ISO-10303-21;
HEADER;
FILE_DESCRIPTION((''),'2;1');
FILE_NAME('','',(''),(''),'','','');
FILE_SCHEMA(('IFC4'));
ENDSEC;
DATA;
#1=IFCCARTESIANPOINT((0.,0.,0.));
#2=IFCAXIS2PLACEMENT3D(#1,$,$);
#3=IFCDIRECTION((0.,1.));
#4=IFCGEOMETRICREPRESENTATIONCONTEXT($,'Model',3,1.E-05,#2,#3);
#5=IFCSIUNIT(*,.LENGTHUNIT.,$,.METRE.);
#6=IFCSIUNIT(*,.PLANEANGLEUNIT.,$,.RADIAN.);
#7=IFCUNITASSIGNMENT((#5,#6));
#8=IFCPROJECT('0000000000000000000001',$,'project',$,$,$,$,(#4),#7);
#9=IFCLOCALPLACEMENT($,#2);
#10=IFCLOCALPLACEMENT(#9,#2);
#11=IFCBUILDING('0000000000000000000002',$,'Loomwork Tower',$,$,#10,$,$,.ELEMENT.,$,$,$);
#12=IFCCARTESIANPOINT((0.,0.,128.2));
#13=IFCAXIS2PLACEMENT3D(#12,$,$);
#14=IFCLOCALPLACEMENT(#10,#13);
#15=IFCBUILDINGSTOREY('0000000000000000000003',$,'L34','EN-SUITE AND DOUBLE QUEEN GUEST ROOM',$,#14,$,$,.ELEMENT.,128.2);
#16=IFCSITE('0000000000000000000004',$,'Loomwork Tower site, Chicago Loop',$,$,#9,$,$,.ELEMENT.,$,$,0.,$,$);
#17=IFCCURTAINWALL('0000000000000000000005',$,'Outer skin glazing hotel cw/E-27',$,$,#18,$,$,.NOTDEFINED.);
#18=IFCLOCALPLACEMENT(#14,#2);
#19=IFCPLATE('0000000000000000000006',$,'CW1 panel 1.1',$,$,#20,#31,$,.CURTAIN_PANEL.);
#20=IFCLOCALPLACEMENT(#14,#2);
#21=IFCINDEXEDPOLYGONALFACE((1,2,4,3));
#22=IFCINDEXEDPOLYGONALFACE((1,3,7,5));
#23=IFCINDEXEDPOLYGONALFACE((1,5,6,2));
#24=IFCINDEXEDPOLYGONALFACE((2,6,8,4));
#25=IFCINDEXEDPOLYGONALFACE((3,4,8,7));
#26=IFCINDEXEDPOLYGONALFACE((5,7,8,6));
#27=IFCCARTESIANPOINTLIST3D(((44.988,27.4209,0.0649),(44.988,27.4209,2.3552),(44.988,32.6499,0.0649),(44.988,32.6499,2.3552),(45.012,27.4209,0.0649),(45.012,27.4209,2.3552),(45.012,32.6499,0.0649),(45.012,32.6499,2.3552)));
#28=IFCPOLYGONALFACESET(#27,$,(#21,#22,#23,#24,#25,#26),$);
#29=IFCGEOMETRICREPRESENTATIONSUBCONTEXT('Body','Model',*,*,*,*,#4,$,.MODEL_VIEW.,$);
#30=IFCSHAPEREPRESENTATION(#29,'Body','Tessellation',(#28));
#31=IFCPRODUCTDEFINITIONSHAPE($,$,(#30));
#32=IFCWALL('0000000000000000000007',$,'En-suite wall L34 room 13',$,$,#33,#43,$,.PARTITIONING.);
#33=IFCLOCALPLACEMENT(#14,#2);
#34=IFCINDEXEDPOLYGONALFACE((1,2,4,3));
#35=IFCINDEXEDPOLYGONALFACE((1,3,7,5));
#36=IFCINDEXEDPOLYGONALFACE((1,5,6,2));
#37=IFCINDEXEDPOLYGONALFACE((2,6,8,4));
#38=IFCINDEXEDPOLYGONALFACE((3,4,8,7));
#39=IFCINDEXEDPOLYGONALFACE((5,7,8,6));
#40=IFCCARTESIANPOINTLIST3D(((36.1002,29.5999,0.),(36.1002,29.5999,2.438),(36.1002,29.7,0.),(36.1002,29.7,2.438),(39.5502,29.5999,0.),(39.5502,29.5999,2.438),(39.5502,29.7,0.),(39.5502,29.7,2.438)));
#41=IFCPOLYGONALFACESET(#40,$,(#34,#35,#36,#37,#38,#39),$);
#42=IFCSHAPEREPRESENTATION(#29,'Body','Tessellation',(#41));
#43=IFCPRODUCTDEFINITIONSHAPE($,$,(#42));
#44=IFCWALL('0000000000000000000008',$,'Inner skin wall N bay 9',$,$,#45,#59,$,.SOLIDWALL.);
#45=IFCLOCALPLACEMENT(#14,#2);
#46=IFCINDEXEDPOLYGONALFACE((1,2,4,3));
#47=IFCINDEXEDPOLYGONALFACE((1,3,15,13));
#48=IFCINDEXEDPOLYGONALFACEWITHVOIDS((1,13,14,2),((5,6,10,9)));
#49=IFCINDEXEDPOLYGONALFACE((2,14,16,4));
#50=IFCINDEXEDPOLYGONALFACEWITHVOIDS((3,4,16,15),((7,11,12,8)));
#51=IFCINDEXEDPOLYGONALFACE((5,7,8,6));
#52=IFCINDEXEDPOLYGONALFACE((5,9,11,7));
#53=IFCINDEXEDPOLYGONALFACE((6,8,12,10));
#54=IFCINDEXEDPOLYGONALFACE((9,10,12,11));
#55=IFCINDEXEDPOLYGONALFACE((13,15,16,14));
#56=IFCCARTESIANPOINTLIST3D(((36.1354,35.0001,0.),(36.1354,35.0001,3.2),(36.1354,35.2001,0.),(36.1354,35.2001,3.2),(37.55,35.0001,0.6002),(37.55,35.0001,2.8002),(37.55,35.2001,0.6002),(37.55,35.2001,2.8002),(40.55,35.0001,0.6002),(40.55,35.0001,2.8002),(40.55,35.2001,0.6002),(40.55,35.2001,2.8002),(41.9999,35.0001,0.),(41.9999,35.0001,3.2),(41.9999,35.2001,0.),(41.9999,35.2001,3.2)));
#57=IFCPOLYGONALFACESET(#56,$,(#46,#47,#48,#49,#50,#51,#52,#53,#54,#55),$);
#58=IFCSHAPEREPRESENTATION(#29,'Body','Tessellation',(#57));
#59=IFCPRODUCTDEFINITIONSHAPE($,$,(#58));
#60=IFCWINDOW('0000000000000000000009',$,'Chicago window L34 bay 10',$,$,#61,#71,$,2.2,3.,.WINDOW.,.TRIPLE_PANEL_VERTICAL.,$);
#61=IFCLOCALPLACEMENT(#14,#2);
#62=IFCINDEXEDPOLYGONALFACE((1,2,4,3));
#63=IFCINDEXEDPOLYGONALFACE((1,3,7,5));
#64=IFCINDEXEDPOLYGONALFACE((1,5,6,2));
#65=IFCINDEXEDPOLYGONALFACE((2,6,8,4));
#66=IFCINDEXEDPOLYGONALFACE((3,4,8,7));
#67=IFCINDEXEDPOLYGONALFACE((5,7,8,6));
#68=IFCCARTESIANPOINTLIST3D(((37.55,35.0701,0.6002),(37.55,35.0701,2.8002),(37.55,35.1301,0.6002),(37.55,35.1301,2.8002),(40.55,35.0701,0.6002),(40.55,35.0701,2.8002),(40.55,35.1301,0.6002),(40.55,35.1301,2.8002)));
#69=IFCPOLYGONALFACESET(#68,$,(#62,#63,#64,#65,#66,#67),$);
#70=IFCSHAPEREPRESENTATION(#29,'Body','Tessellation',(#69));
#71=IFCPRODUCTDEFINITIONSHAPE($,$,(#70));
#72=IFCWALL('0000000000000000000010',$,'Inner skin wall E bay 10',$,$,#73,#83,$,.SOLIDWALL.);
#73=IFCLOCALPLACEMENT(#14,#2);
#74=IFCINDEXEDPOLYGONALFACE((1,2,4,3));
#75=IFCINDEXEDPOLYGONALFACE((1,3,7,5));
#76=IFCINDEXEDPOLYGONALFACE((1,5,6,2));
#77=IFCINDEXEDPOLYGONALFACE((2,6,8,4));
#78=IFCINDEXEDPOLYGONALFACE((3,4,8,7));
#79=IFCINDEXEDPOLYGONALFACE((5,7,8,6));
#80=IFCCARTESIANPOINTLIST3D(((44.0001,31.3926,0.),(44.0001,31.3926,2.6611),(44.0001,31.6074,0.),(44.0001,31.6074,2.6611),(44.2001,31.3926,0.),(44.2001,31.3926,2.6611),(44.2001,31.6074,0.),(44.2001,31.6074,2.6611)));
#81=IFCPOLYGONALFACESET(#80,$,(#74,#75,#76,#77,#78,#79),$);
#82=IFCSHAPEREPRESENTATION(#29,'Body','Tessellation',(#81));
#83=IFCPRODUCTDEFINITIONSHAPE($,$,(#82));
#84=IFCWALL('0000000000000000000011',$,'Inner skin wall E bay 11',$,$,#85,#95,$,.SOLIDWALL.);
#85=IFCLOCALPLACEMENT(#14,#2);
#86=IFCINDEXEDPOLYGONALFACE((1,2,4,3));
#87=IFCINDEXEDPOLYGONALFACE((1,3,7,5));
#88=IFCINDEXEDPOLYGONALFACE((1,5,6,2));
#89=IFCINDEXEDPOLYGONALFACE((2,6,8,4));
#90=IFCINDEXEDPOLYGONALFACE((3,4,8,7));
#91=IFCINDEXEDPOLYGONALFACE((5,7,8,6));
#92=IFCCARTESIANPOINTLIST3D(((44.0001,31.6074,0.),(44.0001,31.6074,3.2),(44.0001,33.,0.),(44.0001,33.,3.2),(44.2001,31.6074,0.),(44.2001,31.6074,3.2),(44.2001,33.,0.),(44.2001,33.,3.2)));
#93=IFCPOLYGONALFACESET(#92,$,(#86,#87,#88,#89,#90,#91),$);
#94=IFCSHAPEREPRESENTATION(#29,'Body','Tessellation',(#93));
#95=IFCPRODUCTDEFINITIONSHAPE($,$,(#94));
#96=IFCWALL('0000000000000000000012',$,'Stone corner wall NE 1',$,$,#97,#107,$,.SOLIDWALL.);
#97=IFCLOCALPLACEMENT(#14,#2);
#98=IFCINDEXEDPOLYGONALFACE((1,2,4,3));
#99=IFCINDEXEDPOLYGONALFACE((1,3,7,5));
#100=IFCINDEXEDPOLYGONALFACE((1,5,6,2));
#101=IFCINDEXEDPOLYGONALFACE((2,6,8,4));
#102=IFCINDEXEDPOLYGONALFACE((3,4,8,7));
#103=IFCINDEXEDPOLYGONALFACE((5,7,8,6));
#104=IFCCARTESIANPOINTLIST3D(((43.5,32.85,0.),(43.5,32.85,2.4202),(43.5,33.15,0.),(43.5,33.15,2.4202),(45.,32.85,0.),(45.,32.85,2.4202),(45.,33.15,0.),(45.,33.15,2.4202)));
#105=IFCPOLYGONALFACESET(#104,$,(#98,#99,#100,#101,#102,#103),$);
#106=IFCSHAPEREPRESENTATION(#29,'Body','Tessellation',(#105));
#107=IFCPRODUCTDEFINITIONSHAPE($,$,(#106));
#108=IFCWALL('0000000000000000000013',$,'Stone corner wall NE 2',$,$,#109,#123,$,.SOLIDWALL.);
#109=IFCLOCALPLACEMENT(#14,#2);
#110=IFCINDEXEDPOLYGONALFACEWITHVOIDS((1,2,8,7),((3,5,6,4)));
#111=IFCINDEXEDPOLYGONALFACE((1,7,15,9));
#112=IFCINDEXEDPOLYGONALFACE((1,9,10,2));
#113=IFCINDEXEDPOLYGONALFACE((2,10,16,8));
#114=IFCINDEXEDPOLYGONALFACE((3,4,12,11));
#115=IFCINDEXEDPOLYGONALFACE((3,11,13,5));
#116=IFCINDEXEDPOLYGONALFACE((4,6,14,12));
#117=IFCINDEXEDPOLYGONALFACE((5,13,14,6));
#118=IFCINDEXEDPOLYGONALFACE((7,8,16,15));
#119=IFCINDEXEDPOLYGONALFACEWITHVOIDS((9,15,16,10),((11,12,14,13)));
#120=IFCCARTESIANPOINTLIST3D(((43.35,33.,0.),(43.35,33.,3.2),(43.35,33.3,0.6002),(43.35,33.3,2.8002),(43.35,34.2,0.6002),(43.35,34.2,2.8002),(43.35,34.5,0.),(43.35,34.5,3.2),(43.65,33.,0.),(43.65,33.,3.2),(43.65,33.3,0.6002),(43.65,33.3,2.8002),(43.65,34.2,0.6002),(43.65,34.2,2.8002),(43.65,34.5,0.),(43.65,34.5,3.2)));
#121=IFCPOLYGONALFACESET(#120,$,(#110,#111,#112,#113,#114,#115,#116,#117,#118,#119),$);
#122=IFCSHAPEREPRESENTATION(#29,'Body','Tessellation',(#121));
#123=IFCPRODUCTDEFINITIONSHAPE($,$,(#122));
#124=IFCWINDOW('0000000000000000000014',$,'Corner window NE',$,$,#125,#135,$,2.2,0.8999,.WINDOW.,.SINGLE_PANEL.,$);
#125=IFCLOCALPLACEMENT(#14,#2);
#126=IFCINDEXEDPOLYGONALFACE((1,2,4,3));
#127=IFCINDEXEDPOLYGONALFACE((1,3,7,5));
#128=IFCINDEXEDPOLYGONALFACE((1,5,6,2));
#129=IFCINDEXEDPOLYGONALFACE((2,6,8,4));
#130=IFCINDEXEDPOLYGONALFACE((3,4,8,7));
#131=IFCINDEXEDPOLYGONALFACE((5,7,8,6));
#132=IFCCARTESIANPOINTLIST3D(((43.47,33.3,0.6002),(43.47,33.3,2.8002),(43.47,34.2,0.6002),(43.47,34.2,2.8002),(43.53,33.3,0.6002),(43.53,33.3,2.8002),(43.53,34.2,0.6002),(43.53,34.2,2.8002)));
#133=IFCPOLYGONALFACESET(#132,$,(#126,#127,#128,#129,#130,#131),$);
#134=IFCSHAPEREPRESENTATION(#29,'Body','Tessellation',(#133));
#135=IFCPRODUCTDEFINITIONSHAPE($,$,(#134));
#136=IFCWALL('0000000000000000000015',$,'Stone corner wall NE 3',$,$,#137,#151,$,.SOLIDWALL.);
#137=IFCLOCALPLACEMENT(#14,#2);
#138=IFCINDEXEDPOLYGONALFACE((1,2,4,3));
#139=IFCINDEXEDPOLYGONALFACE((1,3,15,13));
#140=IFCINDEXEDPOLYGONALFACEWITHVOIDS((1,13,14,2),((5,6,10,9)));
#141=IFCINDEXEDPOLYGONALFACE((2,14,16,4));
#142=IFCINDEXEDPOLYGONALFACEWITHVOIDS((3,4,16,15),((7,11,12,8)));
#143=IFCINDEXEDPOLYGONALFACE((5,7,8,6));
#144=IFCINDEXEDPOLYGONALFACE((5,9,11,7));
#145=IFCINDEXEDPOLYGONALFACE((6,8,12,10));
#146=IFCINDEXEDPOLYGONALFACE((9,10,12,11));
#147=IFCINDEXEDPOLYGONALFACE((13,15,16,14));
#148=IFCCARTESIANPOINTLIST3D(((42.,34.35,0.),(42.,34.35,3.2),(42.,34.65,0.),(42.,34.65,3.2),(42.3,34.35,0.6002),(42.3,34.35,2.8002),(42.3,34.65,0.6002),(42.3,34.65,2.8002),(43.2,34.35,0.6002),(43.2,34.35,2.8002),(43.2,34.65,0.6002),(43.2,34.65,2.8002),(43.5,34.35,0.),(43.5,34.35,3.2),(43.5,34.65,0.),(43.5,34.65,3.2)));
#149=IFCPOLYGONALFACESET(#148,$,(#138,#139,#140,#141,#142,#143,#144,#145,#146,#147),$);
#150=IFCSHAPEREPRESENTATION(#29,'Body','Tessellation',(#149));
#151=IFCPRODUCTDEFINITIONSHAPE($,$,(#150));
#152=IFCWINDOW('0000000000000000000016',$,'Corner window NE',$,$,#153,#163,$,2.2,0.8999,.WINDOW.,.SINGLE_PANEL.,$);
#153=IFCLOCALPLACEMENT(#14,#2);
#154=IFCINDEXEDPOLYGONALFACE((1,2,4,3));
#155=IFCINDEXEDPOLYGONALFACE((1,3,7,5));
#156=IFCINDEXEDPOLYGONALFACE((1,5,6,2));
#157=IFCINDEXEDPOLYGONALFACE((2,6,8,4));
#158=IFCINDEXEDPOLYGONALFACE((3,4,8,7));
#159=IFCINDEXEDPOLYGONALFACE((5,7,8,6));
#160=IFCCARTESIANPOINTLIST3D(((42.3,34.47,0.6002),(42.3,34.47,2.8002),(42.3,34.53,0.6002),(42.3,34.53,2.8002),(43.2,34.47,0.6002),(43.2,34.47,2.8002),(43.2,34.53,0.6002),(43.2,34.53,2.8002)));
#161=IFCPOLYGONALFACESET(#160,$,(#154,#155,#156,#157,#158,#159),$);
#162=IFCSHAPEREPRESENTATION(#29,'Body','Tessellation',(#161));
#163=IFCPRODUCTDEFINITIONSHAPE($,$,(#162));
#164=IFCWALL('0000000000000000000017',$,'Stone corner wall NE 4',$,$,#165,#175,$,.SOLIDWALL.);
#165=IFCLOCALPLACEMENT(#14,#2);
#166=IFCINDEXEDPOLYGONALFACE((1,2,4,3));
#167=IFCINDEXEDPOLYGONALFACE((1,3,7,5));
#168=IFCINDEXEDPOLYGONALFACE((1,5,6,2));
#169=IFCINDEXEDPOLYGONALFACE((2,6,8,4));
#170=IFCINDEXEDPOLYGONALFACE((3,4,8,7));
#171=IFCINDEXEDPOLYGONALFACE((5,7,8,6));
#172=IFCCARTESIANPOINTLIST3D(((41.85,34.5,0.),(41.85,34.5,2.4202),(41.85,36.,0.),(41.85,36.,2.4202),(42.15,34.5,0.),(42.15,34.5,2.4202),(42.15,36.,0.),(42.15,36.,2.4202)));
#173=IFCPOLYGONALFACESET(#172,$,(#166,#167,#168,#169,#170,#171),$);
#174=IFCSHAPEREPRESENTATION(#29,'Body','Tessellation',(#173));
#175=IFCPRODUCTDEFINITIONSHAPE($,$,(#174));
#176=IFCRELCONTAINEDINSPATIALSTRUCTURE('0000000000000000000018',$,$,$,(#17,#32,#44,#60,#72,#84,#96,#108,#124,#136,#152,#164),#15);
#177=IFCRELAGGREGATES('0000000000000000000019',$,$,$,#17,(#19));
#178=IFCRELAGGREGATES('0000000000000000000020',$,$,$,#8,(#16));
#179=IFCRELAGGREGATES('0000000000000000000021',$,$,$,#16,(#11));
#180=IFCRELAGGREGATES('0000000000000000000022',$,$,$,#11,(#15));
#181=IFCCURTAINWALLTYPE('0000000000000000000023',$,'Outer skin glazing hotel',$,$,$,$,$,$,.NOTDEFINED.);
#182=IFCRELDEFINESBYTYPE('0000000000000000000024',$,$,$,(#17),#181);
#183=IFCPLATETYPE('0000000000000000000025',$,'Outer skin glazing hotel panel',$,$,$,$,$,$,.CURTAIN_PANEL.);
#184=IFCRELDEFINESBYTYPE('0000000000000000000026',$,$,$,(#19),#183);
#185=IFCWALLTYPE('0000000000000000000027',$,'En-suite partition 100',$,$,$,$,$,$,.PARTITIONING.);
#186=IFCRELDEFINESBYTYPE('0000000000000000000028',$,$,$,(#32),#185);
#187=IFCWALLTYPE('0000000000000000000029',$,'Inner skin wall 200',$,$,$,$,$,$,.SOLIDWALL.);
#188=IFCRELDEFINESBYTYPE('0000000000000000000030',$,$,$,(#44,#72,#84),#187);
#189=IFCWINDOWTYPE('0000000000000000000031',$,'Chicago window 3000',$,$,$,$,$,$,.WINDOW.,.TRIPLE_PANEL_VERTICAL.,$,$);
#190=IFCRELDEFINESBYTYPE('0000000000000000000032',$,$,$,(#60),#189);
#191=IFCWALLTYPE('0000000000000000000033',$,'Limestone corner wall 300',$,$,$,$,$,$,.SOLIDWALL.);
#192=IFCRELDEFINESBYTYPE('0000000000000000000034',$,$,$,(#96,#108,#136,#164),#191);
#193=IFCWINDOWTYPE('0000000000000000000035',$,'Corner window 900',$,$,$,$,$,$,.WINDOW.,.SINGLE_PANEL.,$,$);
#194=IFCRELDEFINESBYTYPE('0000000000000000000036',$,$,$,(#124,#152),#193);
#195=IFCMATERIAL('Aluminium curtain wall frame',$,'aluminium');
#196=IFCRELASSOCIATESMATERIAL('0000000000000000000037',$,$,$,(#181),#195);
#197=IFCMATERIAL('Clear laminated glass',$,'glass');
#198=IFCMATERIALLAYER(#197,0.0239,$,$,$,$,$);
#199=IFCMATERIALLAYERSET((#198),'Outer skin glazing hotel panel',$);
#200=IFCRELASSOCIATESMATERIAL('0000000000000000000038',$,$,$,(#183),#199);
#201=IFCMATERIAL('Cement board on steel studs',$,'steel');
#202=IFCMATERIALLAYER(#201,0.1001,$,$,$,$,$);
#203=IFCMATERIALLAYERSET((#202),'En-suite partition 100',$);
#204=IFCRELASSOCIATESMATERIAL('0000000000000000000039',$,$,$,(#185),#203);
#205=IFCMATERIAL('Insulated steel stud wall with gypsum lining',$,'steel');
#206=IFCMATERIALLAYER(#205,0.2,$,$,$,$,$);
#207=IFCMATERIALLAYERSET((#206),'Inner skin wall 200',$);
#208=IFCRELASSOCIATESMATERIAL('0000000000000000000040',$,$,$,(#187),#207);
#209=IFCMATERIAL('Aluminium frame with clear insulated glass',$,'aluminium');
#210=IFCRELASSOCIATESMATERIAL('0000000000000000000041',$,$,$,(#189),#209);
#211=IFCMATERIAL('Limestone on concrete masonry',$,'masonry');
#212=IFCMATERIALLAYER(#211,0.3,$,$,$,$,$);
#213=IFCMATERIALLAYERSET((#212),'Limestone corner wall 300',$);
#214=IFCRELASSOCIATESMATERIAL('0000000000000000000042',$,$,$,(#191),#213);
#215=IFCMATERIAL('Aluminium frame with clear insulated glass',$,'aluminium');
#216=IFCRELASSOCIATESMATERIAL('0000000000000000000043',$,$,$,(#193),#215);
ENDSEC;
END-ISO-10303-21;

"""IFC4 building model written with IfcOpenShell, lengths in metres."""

from ifc_helpers import new_model, si_unit, direction, frame, frame_2d, origin, origin_2d, place, context, subcontext, project, spatial, rectangle, extrude, material, layer, layer_set, type_object, element, fill, aggregate, save


model = new_model("IFC4")

# Units and contexts
model_context = context("Model", 3, precision=1e-05, world=origin(), true_north=direction((0.0, 1.0)))
body_context = subcontext(model_context, "Body", "Model", "MODEL_VIEW")
ifc_project = project(units=[si_unit("LENGTHUNIT", "METRE"), si_unit("PLANEANGLEUNIT", "RADIAN")], contexts=[model_context])

# Site, building, storey
site_placement = place(None, origin())
site = spatial("IfcSite", under=ifc_project, at=site_placement, Name="Loomwork Tower site, Chicago Loop", CompositionType="ELEMENT", RefElevation=0.0)
building_placement = place(site_placement, origin())
building = spatial("IfcBuilding", under=site, at=building_placement, Name="Loomwork Tower", CompositionType="ELEMENT")
storey_placement = place(building_placement, frame((0.0, 0.0, 128.2)))
storey = spatial("IfcBuildingStorey", under=building, at=storey_placement, Name="L34", Description="EN-SUITE AND DOUBLE QUEEN GUEST ROOM", CompositionType="ELEMENT", Elevation=128.2)

# Shared definitions
ifc_material_1 = material(Name="Aluminium curtain wall frame", Category="aluminium")
curtain_wall_type = type_object("IfcCurtainWallType", Name="Outer skin glazing hotel", PredefinedType="NOTDEFINED", material=ifc_material_1)

# Curtain wall
curtain_wall_1_placement = place(storey_placement, origin())
curtain_wall_1 = element("IfcCurtainWall", 1, at=curtain_wall_1_placement, inside=storey, type_object=curtain_wall_type, Name="Outer skin glazing hotel cw/E-27", PredefinedType="NOTDEFINED")

# Plate
ifc_material_2 = material(Name="Clear laminated glass", Category="glass")
ifc_layer_1 = layer(ifc_material_2, 0.0239)
ifc_layer_set_1 = layer_set([ifc_layer_1], Name="Outer skin glazing hotel panel")
plate_type = type_object("IfcPlateType", Name="Outer skin glazing hotel panel", PredefinedType="CURTAIN_PANEL", material=ifc_layer_set_1)
plate_1_placement = place(storey_placement, frame((45.0, 30.0354, 0.0649), z_axis=(0.0, 0.0, 1.0), x_axis=(0.0, 1.0, 0.0)))
plate_1 = element("IfcPlate", 2, at=plate_1_placement, type_object=plate_type, Name="CW1 panel 1.1", PredefinedType="CURTAIN_PANEL", context=body_context, shape_type="SweptSolid", body=[
    extrude(rectangle(XDim=5.229, YDim=0.0239, at=origin_2d()), origin(), (0.0, 0.0, 1.0), 2.2903),
])
aggregate(curtain_wall_1, [plate_1])

# Wall
ifc_material_3 = material(Name="Cement board on steel studs", Category="steel")
ifc_layer_2 = layer(ifc_material_3, 0.1001)
ifc_layer_set_2 = layer_set([ifc_layer_2], Name="En-suite partition 100")
wall_type_1 = type_object("IfcWallType", Name="En-suite partition 100", PredefinedType="PARTITIONING", material=ifc_layer_set_2)
wall_1_placement = place(storey_placement, frame((36.1001, 29.6499, 0.0), z_axis=(0.0, 0.0, 1.0), x_axis=(1.0, 0.0, 0.0)))
element("IfcWall", 3, at=wall_1_placement, inside=storey, type_object=wall_type_1, Name="En-suite wall L34 room 13", PredefinedType="PARTITIONING", context=body_context, shape_type="SweptSolid", body=[
    extrude(rectangle(XDim=3.45, YDim=0.1001, at=frame_2d((1.7251, 0.0))), origin(), (0.0, 0.0, 1.0), 2.438),
])

# Wall, opening, window
ifc_material_4 = material(Name="Insulated steel stud wall with gypsum lining", Category="steel")
ifc_layer_3 = layer(ifc_material_4, 0.2)
ifc_layer_set_3 = layer_set([ifc_layer_3], Name="Inner skin wall 200")
wall_type_2 = type_object("IfcWallType", Name="Inner skin wall 200", PredefinedType="SOLIDWALL", material=ifc_layer_set_3)
wall_2_placement = place(storey_placement, frame((36.1355, 35.1001, 0.0), z_axis=(0.0, 0.0, 1.0), x_axis=(1.0, 0.0, 0.0)))
wall_2 = element("IfcWall", 4, at=wall_2_placement, inside=storey, type_object=wall_type_2, Name="Inner skin wall N bay 9", PredefinedType="SOLIDWALL", context=body_context, shape_type="SweptSolid", body=[
    extrude(rectangle(XDim=5.8645, YDim=0.2, at=frame_2d((2.9321, 0.0))), origin(), (0.0, 0.0, 1.0), 3.2),
])
opening_1_placement = place(wall_2_placement, frame((1.4146, 0.0, 0.6001)))
opening_1 = element("IfcOpeningElement", 5, at=opening_1_placement, cuts=wall_2, PredefinedType="OPENING", context=body_context, shape_type="SweptSolid", body=[
    extrude(rectangle(XDim=3.0, YDim=2.2, at=frame_2d((1.5, 1.1001))), frame((0.0, 0.1099, 0.0), z_axis=(0.0, -1.0, 0.0), x_axis=(1.0, 0.0, 0.0)), (0.0, 0.0, 1.0), 0.22),
])
ifc_material_5 = material(Name="Aluminium frame with clear insulated glass", Category="aluminium")
window_type_1 = type_object("IfcWindowType", Name="Chicago window 3000", PartitioningType="TRIPLE_PANEL_VERTICAL", PredefinedType="WINDOW", material=ifc_material_5)
window_1_placement = place(opening_1_placement, origin())
window_1 = element("IfcWindow", 6, at=window_1_placement, inside=storey, type_object=window_type_1, Name="Chicago window L34 bay 10", OverallHeight=2.2, OverallWidth=3.0, PartitioningType="TRIPLE_PANEL_VERTICAL", PredefinedType="WINDOW", context=body_context, shape_type="SweptSolid", body=[
    extrude(rectangle(XDim=3.0, YDim=2.2, at=frame_2d((1.5, 1.1001))), frame((0.0, 0.03, 0.0), z_axis=(0.0, -1.0, 0.0), x_axis=(1.0, 0.0, 0.0)), (0.0, 0.0, 1.0), 0.0601),
])
fill(opening_1, window_1)

# Walls
wall_3_placement = place(storey_placement, frame((44.1001, 31.3926, 0.0), z_axis=(0.0, 0.0, 1.0), x_axis=(0.0, 1.0, 0.0)))
element("IfcWall", 7, at=wall_3_placement, inside=storey, type_object=wall_type_2, Name="Inner skin wall E bay 10", PredefinedType="SOLIDWALL", context=body_context, shape_type="SweptSolid", body=[
    extrude(rectangle(XDim=0.2148, YDim=0.2, at=frame_2d((0.1074, 0.0))), origin(), (0.0, 0.0, 1.0), 2.6611),
])
wall_4_placement = place(storey_placement, frame((44.1001, 31.6074, 0.0), z_axis=(0.0, 0.0, 1.0), x_axis=(0.0, 1.0, 0.0)))
element("IfcWall", 8, at=wall_4_placement, inside=storey, type_object=wall_type_2, Name="Inner skin wall E bay 11", PredefinedType="SOLIDWALL", context=body_context, shape_type="SweptSolid", body=[
    extrude(rectangle(XDim=1.3926, YDim=0.2, at=frame_2d((0.6963, 0.0))), origin(), (0.0, 0.0, 1.0), 3.2),
])
ifc_material_6 = material(Name="Limestone on concrete masonry", Category="masonry")
ifc_layer_4 = layer(ifc_material_6, 0.3)
ifc_layer_set_4 = layer_set([ifc_layer_4], Name="Limestone corner wall 300")
wall_type_3 = type_object("IfcWallType", Name="Limestone corner wall 300", PredefinedType="SOLIDWALL", material=ifc_layer_set_4)
wall_5_placement = place(storey_placement, frame((45.0, 33.0, 0.0), z_axis=(0.0, 0.0, 1.0), x_axis=(-1.0, 0.0, 0.0)))
element("IfcWall", 9, at=wall_5_placement, inside=storey, type_object=wall_type_3, Name="Stone corner wall NE 1", PredefinedType="SOLIDWALL", context=body_context, shape_type="SweptSolid", body=[
    extrude(rectangle(XDim=1.5, YDim=0.3, at=frame_2d((0.75, 0.0))), origin(), (0.0, 0.0, 1.0), 2.4202),
])

# Walls, openings, windows
wall_6_placement = place(storey_placement, frame((43.5, 33.0, 0.0), z_axis=(0.0, 0.0, 1.0), x_axis=(0.0, 1.0, 0.0)))
wall_6 = element("IfcWall", 10, at=wall_6_placement, inside=storey, type_object=wall_type_3, Name="Stone corner wall NE 2", PredefinedType="SOLIDWALL", context=body_context, shape_type="SweptSolid", body=[
    extrude(rectangle(XDim=1.5, YDim=0.3, at=frame_2d((0.75, 0.0))), origin(), (0.0, 0.0, 1.0), 3.2),
])
opening_2_placement = place(wall_6_placement, frame((0.3, 0.0, 0.6001)))
opening_2 = element("IfcOpeningElement", 11, at=opening_2_placement, cuts=wall_6, PredefinedType="OPENING", context=body_context, shape_type="SweptSolid", body=[
    extrude(rectangle(XDim=0.8999, YDim=2.2, at=frame_2d((0.45, 1.1001))), frame((0.0, 0.1599, 0.0), z_axis=(0.0, -1.0, 0.0), x_axis=(1.0, 0.0, 0.0)), (0.0, 0.0, 1.0), 0.3201),
])
ifc_material_7 = material(Name="Aluminium frame with clear insulated glass", Category="aluminium")
window_type_2 = type_object("IfcWindowType", Name="Corner window 900", PartitioningType="SINGLE_PANEL", PredefinedType="WINDOW", material=ifc_material_7)
window_2_placement = place(opening_2_placement, origin())
window_2 = element("IfcWindow", 12, at=window_2_placement, inside=storey, type_object=window_type_2, Name="Corner window NE", OverallHeight=2.2, OverallWidth=0.8999, PartitioningType="SINGLE_PANEL", PredefinedType="WINDOW", context=body_context, shape_type="SweptSolid", body=[
    extrude(rectangle(XDim=0.8999, YDim=2.2, at=frame_2d((0.45, 1.1001))), frame((0.0, 0.03, 0.0), z_axis=(0.0, -1.0, 0.0), x_axis=(1.0, 0.0, 0.0)), (0.0, 0.0, 1.0), 0.0601),
])
fill(opening_2, window_2)
wall_7_placement = place(storey_placement, frame((43.5, 34.5, 0.0), z_axis=(0.0, 0.0, 1.0), x_axis=(-1.0, 0.0, 0.0)))
wall_7 = element("IfcWall", 13, at=wall_7_placement, inside=storey, type_object=wall_type_3, Name="Stone corner wall NE 3", PredefinedType="SOLIDWALL", context=body_context, shape_type="SweptSolid", body=[
    extrude(rectangle(XDim=1.5, YDim=0.3, at=frame_2d((0.75, 0.0))), origin(), (0.0, 0.0, 1.0), 3.2),
])
opening_3_placement = place(wall_7_placement, frame((0.3, 0.0, 0.6001)))
opening_3 = element("IfcOpeningElement", 14, at=opening_3_placement, cuts=wall_7, PredefinedType="OPENING", context=body_context, shape_type="SweptSolid", body=[
    extrude(rectangle(XDim=0.8999, YDim=2.2, at=frame_2d((0.45, 1.1001))), frame((0.0, 0.1599, 0.0), z_axis=(0.0, -1.0, 0.0), x_axis=(1.0, 0.0, 0.0)), (0.0, 0.0, 1.0), 0.3201),
])
window_3_placement = place(opening_3_placement, origin())
window_3 = element("IfcWindow", 15, at=window_3_placement, inside=storey, type_object=window_type_2, Name="Corner window NE", OverallHeight=2.2, OverallWidth=0.8999, PartitioningType="SINGLE_PANEL", PredefinedType="WINDOW", context=body_context, shape_type="SweptSolid", body=[
    extrude(rectangle(XDim=0.8999, YDim=2.2, at=frame_2d((0.45, 1.1001))), frame((0.0, 0.03, 0.0), z_axis=(0.0, -1.0, 0.0), x_axis=(1.0, 0.0, 0.0)), (0.0, 0.0, 1.0), 0.0601),
])
fill(opening_3, window_3)

# Wall
wall_8_placement = place(storey_placement, frame((42.0, 34.5, 0.0), z_axis=(0.0, 0.0, 1.0), x_axis=(0.0, 1.0, 0.0)))
element("IfcWall", 16, at=wall_8_placement, inside=storey, type_object=wall_type_3, Name="Stone corner wall NE 4", PredefinedType="SOLIDWALL", context=body_context, shape_type="SweptSolid", body=[
    extrude(rectangle(XDim=1.5, YDim=0.3, at=frame_2d((0.75, 0.0))), origin(), (0.0, 0.0, 1.0), 2.4202),
])

save(model, "model.ifc")
